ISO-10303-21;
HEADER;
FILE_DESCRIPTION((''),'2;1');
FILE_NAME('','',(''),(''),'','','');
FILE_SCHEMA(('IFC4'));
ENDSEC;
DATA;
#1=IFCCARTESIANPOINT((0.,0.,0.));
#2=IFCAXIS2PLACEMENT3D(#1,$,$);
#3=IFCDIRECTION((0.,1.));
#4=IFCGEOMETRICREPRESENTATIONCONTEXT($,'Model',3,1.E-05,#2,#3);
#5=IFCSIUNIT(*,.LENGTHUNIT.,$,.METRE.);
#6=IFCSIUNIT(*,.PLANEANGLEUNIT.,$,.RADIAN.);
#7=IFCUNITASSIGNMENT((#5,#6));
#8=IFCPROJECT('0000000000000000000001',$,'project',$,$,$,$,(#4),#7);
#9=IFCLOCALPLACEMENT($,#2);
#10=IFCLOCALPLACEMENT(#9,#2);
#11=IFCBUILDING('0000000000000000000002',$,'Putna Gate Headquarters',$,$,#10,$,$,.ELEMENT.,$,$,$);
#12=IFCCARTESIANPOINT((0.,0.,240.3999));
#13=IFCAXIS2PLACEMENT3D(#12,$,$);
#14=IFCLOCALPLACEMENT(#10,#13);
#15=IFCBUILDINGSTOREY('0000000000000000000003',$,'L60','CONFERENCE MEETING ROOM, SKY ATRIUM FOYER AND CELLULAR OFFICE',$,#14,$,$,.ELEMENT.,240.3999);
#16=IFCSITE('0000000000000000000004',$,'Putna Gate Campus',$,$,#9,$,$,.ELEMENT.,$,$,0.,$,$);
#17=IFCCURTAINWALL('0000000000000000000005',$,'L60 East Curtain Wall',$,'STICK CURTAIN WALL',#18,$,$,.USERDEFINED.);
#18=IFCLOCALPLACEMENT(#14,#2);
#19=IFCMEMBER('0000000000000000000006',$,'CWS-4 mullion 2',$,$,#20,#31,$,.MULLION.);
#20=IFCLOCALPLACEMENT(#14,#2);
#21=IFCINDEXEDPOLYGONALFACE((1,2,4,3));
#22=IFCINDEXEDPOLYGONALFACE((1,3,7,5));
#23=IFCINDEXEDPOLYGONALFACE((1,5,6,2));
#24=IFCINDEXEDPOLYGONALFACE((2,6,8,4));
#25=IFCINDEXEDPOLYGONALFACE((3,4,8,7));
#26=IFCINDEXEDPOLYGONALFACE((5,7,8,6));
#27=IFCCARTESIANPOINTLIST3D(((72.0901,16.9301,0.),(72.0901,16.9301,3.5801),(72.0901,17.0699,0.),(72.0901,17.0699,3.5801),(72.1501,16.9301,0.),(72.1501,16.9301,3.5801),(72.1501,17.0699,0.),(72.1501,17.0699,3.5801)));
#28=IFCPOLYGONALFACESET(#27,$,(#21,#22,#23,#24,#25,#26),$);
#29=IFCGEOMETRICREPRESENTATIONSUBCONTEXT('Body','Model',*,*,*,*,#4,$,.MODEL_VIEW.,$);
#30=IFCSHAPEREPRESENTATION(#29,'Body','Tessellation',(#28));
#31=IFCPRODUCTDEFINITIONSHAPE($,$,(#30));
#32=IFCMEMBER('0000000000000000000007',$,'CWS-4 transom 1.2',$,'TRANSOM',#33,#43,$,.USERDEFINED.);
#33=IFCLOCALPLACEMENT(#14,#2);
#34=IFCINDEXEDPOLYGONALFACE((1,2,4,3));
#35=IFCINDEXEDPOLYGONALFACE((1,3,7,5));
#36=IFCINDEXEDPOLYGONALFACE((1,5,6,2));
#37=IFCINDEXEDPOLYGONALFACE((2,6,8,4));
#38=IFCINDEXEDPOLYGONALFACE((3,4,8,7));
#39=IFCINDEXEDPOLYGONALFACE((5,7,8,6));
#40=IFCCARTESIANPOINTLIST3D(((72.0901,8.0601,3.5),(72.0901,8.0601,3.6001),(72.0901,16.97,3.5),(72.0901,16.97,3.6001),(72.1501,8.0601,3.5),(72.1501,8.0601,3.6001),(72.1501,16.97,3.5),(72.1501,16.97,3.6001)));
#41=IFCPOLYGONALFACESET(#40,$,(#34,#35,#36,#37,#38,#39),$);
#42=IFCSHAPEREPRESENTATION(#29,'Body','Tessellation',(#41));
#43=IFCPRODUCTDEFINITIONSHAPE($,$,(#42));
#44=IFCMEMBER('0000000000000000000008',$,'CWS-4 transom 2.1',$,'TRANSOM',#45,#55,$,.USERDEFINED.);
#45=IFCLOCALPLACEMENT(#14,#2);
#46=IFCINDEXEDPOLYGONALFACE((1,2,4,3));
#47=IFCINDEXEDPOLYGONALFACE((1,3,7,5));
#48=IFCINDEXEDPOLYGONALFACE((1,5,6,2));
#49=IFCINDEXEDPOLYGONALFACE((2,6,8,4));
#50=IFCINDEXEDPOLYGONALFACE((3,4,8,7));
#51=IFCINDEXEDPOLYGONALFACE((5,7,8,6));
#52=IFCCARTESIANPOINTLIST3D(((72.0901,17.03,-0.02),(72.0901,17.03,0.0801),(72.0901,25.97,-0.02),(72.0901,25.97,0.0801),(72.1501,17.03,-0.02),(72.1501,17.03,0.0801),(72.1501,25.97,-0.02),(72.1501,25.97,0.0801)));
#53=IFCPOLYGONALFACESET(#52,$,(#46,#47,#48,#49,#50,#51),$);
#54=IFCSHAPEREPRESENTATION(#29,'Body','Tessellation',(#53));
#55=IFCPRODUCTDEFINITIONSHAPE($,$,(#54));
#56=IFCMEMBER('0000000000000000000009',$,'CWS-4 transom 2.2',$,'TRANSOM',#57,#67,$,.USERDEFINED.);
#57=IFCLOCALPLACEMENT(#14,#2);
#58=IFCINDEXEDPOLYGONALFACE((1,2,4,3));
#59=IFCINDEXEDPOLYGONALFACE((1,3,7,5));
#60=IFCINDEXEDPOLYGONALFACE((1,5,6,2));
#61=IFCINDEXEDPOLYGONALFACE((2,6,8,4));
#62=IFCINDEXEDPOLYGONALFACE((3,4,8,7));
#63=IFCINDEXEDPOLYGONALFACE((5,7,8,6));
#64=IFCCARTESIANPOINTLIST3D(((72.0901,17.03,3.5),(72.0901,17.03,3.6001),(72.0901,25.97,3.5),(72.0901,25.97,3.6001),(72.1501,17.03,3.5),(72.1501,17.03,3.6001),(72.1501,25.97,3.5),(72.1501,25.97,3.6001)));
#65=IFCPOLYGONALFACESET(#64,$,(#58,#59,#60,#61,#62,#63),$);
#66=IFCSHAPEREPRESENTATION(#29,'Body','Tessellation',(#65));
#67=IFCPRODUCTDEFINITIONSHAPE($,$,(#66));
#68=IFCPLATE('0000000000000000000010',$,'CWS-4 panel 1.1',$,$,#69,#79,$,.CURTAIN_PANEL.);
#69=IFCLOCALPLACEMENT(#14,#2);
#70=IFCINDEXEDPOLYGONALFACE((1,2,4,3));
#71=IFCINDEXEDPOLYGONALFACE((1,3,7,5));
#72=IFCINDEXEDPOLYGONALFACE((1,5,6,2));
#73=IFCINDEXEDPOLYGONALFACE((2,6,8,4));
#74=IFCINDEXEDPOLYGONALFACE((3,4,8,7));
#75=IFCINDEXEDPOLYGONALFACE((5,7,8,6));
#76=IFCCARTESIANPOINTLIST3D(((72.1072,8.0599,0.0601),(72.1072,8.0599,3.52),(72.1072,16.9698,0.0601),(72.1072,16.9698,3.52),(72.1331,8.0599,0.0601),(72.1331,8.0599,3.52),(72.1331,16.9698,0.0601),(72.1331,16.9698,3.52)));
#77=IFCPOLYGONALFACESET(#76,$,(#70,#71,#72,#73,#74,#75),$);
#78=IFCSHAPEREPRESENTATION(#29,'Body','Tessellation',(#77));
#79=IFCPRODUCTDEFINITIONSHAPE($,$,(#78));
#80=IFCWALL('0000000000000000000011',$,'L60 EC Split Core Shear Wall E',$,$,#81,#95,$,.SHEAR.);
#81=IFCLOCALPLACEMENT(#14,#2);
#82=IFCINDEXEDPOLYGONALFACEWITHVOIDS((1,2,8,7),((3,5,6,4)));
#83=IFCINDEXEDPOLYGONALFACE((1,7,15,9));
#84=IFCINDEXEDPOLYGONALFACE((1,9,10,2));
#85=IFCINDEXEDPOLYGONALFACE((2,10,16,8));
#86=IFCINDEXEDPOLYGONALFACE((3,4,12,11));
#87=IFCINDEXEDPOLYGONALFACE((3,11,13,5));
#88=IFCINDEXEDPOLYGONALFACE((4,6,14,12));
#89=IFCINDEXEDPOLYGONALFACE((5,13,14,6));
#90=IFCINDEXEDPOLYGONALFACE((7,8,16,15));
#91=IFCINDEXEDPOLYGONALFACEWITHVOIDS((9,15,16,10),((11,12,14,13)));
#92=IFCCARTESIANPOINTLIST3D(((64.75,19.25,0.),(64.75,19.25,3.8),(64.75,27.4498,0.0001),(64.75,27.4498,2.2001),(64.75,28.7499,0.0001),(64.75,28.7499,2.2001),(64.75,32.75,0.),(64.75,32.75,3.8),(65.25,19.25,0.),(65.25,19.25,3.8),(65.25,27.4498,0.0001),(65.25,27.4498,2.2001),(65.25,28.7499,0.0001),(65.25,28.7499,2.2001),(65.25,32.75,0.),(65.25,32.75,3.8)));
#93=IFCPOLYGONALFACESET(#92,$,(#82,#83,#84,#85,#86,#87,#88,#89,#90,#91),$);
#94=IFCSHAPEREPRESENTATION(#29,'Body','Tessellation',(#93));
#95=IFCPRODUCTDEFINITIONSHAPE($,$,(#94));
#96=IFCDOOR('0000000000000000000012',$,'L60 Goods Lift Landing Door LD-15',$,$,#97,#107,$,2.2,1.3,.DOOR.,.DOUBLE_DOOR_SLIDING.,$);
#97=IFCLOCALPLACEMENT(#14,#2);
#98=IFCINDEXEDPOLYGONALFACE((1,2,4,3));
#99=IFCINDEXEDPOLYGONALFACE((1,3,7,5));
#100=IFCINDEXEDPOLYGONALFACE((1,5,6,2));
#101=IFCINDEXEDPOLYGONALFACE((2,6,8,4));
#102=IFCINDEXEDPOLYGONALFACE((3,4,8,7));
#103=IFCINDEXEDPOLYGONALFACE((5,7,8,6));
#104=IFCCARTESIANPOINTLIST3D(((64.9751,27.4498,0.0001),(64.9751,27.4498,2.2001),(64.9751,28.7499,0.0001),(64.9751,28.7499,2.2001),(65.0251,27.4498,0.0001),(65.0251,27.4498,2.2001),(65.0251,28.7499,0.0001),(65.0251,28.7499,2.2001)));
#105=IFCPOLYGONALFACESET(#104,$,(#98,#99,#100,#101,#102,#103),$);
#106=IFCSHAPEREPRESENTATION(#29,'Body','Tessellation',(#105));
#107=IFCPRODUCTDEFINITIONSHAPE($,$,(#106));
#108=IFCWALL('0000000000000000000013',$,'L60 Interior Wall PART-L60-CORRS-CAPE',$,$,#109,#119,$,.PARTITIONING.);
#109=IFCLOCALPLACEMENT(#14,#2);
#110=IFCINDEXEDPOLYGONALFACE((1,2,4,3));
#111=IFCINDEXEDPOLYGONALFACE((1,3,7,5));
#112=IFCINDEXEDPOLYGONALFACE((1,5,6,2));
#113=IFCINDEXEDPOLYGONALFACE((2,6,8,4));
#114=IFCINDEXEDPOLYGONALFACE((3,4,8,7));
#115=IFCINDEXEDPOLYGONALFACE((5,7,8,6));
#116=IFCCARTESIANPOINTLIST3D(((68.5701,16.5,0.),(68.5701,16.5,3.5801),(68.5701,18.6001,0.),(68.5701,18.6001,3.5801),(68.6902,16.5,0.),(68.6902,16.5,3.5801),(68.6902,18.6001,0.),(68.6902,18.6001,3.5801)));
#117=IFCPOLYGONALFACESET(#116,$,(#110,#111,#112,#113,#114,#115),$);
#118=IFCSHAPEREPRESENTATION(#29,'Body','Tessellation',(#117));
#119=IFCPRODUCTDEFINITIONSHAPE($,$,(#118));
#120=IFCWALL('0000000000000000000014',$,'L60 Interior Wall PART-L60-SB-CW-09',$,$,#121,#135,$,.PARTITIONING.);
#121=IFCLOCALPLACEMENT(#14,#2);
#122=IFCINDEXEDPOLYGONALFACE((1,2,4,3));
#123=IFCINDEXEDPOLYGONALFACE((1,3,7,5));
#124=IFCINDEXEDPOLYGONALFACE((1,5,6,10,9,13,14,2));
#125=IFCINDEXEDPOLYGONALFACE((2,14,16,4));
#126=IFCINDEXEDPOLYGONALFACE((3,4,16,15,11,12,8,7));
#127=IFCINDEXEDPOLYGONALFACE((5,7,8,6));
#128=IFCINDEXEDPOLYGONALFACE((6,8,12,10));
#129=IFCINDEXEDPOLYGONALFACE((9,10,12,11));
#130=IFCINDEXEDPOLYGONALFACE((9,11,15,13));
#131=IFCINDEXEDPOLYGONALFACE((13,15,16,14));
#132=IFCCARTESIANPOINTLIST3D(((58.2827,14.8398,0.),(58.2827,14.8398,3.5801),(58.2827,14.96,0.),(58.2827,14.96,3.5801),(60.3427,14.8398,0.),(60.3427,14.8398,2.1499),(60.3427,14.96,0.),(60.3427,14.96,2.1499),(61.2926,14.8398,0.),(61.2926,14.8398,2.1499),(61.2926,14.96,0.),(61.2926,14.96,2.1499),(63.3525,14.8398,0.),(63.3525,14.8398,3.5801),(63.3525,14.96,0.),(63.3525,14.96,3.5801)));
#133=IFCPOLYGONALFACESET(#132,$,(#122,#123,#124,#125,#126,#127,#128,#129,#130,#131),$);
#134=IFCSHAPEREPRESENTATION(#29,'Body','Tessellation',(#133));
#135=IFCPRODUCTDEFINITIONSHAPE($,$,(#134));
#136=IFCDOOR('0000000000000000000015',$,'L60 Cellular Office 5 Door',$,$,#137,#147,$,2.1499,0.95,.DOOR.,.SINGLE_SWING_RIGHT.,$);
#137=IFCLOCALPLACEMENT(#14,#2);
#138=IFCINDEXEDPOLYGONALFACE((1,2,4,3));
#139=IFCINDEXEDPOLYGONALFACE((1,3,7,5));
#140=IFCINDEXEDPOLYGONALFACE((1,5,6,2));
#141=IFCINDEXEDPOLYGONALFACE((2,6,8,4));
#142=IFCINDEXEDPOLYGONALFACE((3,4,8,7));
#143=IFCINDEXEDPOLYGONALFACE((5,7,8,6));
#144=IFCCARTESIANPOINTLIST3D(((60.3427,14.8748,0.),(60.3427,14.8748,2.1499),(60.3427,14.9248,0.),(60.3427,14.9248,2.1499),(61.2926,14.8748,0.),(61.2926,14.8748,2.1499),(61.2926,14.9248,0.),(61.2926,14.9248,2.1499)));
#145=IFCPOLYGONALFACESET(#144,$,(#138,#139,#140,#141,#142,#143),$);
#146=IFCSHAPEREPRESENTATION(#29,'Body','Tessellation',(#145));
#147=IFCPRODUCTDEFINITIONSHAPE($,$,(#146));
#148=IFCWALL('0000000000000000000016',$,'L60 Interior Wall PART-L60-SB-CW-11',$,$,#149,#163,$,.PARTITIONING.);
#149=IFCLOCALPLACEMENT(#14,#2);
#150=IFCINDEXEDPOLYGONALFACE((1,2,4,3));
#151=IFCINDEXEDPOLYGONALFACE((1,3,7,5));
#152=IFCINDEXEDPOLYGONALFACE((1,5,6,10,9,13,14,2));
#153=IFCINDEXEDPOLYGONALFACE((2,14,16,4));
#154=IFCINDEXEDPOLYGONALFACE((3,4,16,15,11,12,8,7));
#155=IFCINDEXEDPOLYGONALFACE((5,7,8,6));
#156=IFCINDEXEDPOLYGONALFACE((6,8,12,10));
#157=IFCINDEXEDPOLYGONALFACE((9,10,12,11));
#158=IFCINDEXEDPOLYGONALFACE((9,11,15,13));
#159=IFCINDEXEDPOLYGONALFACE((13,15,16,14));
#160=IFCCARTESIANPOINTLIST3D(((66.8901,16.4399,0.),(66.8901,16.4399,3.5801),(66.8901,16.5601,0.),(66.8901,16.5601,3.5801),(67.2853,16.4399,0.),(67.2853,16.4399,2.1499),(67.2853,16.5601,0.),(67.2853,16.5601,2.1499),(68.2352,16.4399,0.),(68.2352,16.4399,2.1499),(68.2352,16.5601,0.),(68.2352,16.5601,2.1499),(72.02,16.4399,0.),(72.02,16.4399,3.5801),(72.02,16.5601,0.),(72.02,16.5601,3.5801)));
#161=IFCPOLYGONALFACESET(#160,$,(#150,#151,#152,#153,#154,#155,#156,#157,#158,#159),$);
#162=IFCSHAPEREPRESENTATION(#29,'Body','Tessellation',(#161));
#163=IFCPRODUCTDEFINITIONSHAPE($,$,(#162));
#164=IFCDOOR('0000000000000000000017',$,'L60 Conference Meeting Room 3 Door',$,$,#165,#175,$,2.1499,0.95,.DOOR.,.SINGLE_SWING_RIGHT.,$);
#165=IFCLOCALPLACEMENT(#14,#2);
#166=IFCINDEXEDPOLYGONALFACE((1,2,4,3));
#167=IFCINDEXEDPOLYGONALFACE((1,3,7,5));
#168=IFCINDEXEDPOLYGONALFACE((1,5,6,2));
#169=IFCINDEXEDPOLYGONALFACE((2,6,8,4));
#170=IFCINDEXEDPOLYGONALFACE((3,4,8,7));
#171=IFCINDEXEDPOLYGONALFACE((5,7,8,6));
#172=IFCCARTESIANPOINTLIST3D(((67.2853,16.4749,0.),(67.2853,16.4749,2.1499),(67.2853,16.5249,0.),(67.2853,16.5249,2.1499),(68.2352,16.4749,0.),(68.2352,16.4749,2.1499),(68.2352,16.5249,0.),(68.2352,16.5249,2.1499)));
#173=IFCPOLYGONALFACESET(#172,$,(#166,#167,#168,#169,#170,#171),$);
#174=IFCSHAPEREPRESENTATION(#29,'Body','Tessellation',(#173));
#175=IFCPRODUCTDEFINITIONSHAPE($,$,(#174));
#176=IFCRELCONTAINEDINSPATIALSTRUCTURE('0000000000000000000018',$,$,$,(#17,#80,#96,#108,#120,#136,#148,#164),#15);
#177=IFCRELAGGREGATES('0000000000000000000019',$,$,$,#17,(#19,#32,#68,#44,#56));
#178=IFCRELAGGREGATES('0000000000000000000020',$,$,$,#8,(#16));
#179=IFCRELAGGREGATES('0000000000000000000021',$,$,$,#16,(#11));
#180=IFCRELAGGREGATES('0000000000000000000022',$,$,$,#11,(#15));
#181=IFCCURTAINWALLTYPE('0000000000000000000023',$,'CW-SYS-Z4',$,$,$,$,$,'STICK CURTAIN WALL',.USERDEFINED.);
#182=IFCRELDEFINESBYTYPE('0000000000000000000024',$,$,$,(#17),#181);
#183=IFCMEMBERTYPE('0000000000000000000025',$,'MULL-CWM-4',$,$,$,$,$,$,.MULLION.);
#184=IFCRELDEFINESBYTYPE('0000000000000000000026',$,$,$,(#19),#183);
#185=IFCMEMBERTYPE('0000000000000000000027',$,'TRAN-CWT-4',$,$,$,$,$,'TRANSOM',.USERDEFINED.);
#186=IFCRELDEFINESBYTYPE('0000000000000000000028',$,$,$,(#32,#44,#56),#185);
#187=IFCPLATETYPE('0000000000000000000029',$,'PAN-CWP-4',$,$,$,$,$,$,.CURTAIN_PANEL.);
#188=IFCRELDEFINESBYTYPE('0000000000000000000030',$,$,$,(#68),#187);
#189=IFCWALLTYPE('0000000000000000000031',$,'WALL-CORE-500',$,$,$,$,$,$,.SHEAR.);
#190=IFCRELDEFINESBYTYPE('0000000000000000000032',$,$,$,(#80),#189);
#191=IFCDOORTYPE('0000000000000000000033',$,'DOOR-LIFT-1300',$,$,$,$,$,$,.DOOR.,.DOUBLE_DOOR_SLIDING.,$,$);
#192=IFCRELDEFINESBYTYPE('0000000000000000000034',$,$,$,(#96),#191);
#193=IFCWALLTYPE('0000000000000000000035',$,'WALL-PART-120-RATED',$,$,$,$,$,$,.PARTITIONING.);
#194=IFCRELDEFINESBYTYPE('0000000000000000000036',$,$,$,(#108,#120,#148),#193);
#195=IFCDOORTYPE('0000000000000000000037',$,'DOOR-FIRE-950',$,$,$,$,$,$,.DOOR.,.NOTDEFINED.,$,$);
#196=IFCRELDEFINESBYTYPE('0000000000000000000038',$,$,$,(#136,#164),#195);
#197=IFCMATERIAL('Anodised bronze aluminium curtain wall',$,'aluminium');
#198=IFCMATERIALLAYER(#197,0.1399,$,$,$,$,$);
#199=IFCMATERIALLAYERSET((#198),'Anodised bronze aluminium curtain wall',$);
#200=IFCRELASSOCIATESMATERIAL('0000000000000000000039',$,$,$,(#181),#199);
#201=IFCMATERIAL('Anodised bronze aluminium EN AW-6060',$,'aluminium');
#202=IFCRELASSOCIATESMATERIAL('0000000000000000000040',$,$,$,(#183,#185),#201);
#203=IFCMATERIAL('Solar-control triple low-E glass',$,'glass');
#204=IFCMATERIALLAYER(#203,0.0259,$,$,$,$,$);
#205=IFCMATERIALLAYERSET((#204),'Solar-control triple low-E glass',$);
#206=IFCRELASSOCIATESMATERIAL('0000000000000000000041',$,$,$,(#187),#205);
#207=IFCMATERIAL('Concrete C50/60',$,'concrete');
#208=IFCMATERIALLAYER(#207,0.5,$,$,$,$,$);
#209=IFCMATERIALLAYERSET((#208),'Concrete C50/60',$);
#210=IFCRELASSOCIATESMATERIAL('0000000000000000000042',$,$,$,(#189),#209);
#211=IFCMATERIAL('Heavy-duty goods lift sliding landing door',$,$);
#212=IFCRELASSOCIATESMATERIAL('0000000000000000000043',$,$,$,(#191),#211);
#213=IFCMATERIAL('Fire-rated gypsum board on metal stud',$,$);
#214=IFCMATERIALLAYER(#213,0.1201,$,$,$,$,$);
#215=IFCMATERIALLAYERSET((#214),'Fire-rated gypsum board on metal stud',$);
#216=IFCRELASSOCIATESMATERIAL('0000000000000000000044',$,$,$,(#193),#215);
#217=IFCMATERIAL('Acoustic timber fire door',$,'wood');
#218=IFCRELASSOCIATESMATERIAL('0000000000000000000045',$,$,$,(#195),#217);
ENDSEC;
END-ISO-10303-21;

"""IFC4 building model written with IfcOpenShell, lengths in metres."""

from ifc_helpers import new_model, si_unit, direction, frame, frame_2d, origin, origin_2d, place, context, subcontext, project, spatial, rectangle, extrude, material, layer, layer_set, material_profile, profile_set, type_object, element, fill, aggregate, save


model = new_model("IFC4")

# Units and contexts
model_context = context("Model", 3, precision=1e-05, world=origin(), true_north=direction((0.0, 1.0)))
body_context = subcontext(model_context, "Body", "Model", "MODEL_VIEW")
ifc_project = project(units=[si_unit("LENGTHUNIT", "METRE"), si_unit("PLANEANGLEUNIT", "RADIAN")], contexts=[model_context])

# Site, building, storey
site_placement = place(None, origin())
site = spatial("IfcSite", under=ifc_project, at=site_placement, Name="Putna Gate Campus", CompositionType="ELEMENT", RefElevation=0.0)
building_placement = place(site_placement, origin())
building = spatial("IfcBuilding", under=site, at=building_placement, Name="Putna Gate Headquarters", CompositionType="ELEMENT")
storey_placement = place(building_placement, frame((0.0, 0.0, 240.3999)))
storey = spatial("IfcBuildingStorey", under=building, at=storey_placement, Name="L60", Description="CONFERENCE MEETING ROOM, SKY ATRIUM FOYER AND CELLULAR OFFICE", CompositionType="ELEMENT", Elevation=240.3999)

# Curtain wall, members, plate
ifc_material_1 = material(Name="Anodised bronze aluminium curtain wall", Category="aluminium")
ifc_layer_1 = layer(ifc_material_1, 0.1399)
ifc_layer_set_1 = layer_set([ifc_layer_1], Name="Anodised bronze aluminium curtain wall")
curtain_wall_type = type_object("IfcCurtainWallType", Name="CW-SYS-Z4", ElementType="STICK CURTAIN WALL", PredefinedType="USERDEFINED", material=ifc_layer_set_1)
curtain_wall_placement = place(storey_placement, origin())
curtain_wall = element("IfcCurtainWall", 1, at=curtain_wall_placement, inside=storey, type_object=curtain_wall_type, Name="L60 East Curtain Wall", ObjectType="STICK CURTAIN WALL", PredefinedType="USERDEFINED")
ifc_material_2 = material(Name="Anodised bronze aluminium EN AW-6060", Category="aluminium")
ifc_material_profile_1 = material_profile(ifc_material_2, rectangle(XDim=0.0601, YDim=0.1399, at=origin_2d()), Name="Anodised bronze aluminium EN AW-6060")
ifc_profile_set_1 = profile_set([ifc_material_profile_1], Name="Anodised bronze aluminium EN AW-6060")
member_type_1 = type_object("IfcMemberType", Name="MULL-CWM-4", PredefinedType="MULLION", material=ifc_profile_set_1)
member_1_placement = place(storey_placement, frame((72.1201, 17.0, 0.0), z_axis=(0.0, 0.0, 1.0), x_axis=(-1.0, 0.0, 0.0)))
member_1 = element("IfcMember", 2, at=member_1_placement, type_object=member_type_1, Name="CWS-4 mullion 2", PredefinedType="MULLION", context=body_context, shape_type="SweptSolid", body=[
    extrude(rectangle(XDim=0.0601, YDim=0.1399, at=origin_2d()), origin(), (0.0, 0.0, 1.0), 3.5801),
])
ifc_material_profile_2 = material_profile(ifc_material_2, rectangle(XDim=0.0601, YDim=0.1001, at=origin_2d()), Name="Anodised bronze aluminium EN AW-6060")
ifc_profile_set_2 = profile_set([ifc_material_profile_2], Name="Anodised bronze aluminium EN AW-6060")
member_type_2 = type_object("IfcMemberType", Name="TRAN-CWT-4", ElementType="TRANSOM", PredefinedType="USERDEFINED", material=ifc_profile_set_2)
member_2_placement = place(storey_placement, frame((72.1201, 8.0601, 3.55), z_axis=(0.0, 1.0, 0.0), x_axis=(-1.0, 0.0, 0.0)))
member_2 = element("IfcMember", 3, at=member_2_placement, type_object=member_type_2, Name="CWS-4 transom 1.2", ObjectType="TRANSOM", PredefinedType="USERDEFINED", context=body_context, shape_type="SweptSolid", body=[
    extrude(rectangle(XDim=0.0601, YDim=0.1001, at=origin_2d()), origin(), (0.0, 0.0, 1.0), 8.9099),
])
member_3_placement = place(storey_placement, frame((72.1201, 17.03, 0.03), z_axis=(0.0, 1.0, 0.0), x_axis=(-1.0, 0.0, 0.0)))
member_3 = element("IfcMember", 4, at=member_3_placement, type_object=member_type_2, Name="CWS-4 transom 2.1", ObjectType="TRANSOM", PredefinedType="USERDEFINED", context=body_context, shape_type="SweptSolid", body=[
    extrude(rectangle(XDim=0.0601, YDim=0.1001, at=origin_2d()), origin(), (0.0, 0.0, 1.0), 8.9399),
])
member_4_placement = place(storey_placement, frame((72.1201, 17.03, 3.55), z_axis=(0.0, 1.0, 0.0), x_axis=(-1.0, 0.0, 0.0)))
member_4 = element("IfcMember", 5, at=member_4_placement, type_object=member_type_2, Name="CWS-4 transom 2.2", ObjectType="TRANSOM", PredefinedType="USERDEFINED", context=body_context, shape_type="SweptSolid", body=[
    extrude(rectangle(XDim=0.0601, YDim=0.1001, at=origin_2d()), origin(), (0.0, 0.0, 1.0), 8.9399),
])
ifc_material_3 = material(Name="Solar-control triple low-E glass", Category="glass")
ifc_layer_2 = layer(ifc_material_3, 0.0259)
ifc_layer_set_2 = layer_set([ifc_layer_2], Name="Solar-control triple low-E glass")
plate_type = type_object("IfcPlateType", Name="PAN-CWP-4", PredefinedType="CURTAIN_PANEL", material=ifc_layer_set_2)
plate_placement = place(storey_placement, frame((72.1201, 12.5149, 0.0601), z_axis=(0.0, 0.0, 1.0), x_axis=(0.0, 1.0, 0.0)))
plate = element("IfcPlate", 6, at=plate_placement, type_object=plate_type, Name="CWS-4 panel 1.1", PredefinedType="CURTAIN_PANEL", context=body_context, shape_type="SweptSolid", body=[
    extrude(rectangle(XDim=8.9099, YDim=0.0259, at=origin_2d()), origin(), (0.0, 0.0, 1.0), 3.46),
])
aggregate(curtain_wall, [member_1, member_2, plate, member_3, member_4])

# Wall, opening, door
ifc_material_4 = material(Name="Concrete C50/60", Category="concrete")
ifc_layer_3 = layer(ifc_material_4, 0.5)
ifc_layer_set_3 = layer_set([ifc_layer_3], Name="Concrete C50/60")
wall_type_1 = type_object("IfcWallType", Name="WALL-CORE-500", PredefinedType="SHEAR", material=ifc_layer_set_3)
wall_1_placement = place(storey_placement, frame((65.0, 19.25, 0.0), z_axis=(0.0, 0.0, 1.0), x_axis=(0.0, 1.0, 0.0)))
wall_1 = element("IfcWall", 7, at=wall_1_placement, inside=storey, type_object=wall_type_1, Name="L60 EC Split Core Shear Wall E", PredefinedType="SHEAR", context=body_context, shape_type="SweptSolid", body=[
    extrude(rectangle(XDim=13.5, YDim=0.5, at=frame_2d((6.75, 0.0))), origin(), (0.0, 0.0, 1.0), 3.8),
])
opening_1_placement = place(wall_1_placement, frame((8.2, 0.0, 0.0)))
opening_1 = element("IfcOpeningElement", 8, at=opening_1_placement, cuts=wall_1, PredefinedType="OPENING", context=body_context, shape_type="SweptSolid", body=[
    extrude(rectangle(XDim=1.3, YDim=2.2, at=frame_2d((0.6499, 1.1001))), frame((0.0, 0.26, 0.0), z_axis=(0.0, -1.0, 0.0), x_axis=(1.0, 0.0, 0.0)), (0.0, 0.0, 1.0), 0.52),
])
ifc_material_5 = material(Name="Heavy-duty goods lift sliding landing door")
door_type_1 = type_object("IfcDoorType", Name="DOOR-LIFT-1300", OperationType="DOUBLE_DOOR_SLIDING", PredefinedType="DOOR", material=ifc_material_5)
door_1_placement = place(opening_1_placement, origin())
door_1 = element("IfcDoor", 9, at=door_1_placement, inside=storey, type_object=door_type_1, Name="L60 Goods Lift Landing Door LD-15", OperationType="DOUBLE_DOOR_SLIDING", OverallHeight=2.2, OverallWidth=1.3, PredefinedType="DOOR", context=body_context, shape_type="SweptSolid", body=[
    extrude(rectangle(XDim=1.3, YDim=2.2, at=frame_2d((0.6499, 1.1001))), frame((0.0, 0.0249, 0.0), z_axis=(0.0, -1.0, 0.0), x_axis=(1.0, 0.0, 0.0)), (0.0, 0.0, 1.0), 0.05),
])
fill(opening_1, door_1)

# Wall
ifc_material_6 = material(Name="Fire-rated gypsum board on metal stud")
ifc_layer_4 = layer(ifc_material_6, 0.1201)
ifc_layer_set_4 = layer_set([ifc_layer_4], Name="Fire-rated gypsum board on metal stud")
wall_type_2 = type_object("IfcWallType", Name="WALL-PART-120-RATED", PredefinedType="PARTITIONING", material=ifc_layer_set_4)
wall_2_placement = place(storey_placement, frame((68.6301, 16.5, 0.0), z_axis=(0.0, 0.0, 1.0), x_axis=(0.0, 1.0, 0.0)))
element("IfcWall", 10, at=wall_2_placement, inside=storey, type_object=wall_type_2, Name="L60 Interior Wall PART-L60-CORRS-CAPE", PredefinedType="PARTITIONING", context=body_context, shape_type="SweptSolid", body=[
    extrude(rectangle(XDim=2.1001, YDim=0.1201, at=frame_2d((1.05, 0.0))), origin(), (0.0, 0.0, 1.0), 3.5801),
])

# Walls, openings, doors
wall_3_placement = place(storey_placement, frame((58.2827, 14.8999, 0.0), z_axis=(0.0, 0.0, 1.0), x_axis=(1.0, 0.0, 0.0)))
wall_3 = element("IfcWall", 11, at=wall_3_placement, inside=storey, type_object=wall_type_2, Name="L60 Interior Wall PART-L60-SB-CW-09", PredefinedType="PARTITIONING", context=body_context, shape_type="SweptSolid", body=[
    extrude(rectangle(XDim=5.0698, YDim=0.1201, at=frame_2d((2.5349, 0.0))), origin(), (0.0, 0.0, 1.0), 3.5801),
])
opening_2_placement = place(wall_3_placement, frame((2.0598, 0.0, 0.0)))
opening_2 = element("IfcOpeningElement", 12, at=opening_2_placement, cuts=wall_3, PredefinedType="OPENING", context=body_context, shape_type="SweptSolid", body=[
    extrude(rectangle(XDim=0.95, YDim=2.1499, at=frame_2d((0.4751, 1.075))), frame((0.0, 0.0701, 0.0), z_axis=(0.0, -1.0, 0.0), x_axis=(1.0, 0.0, 0.0)), (0.0, 0.0, 1.0), 0.1401),
])
ifc_material_7 = material(Name="Acoustic timber fire door", Category="wood")
door_type_2 = type_object("IfcDoorType", Name="DOOR-FIRE-950", OperationType="NOTDEFINED", PredefinedType="DOOR", material=ifc_material_7)
door_2_placement = place(opening_2_placement, origin())
door_2 = element("IfcDoor", 13, at=door_2_placement, inside=storey, type_object=door_type_2, Name="L60 Cellular Office 5 Door", OperationType="SINGLE_SWING_RIGHT", OverallHeight=2.1499, OverallWidth=0.95, PredefinedType="DOOR", context=body_context, shape_type="SweptSolid", body=[
    extrude(rectangle(XDim=0.95, YDim=2.1499, at=frame_2d((0.4751, 1.075))), frame((0.0, 0.0249, 0.0), z_axis=(0.0, -1.0, 0.0), x_axis=(1.0, 0.0, 0.0)), (0.0, 0.0, 1.0), 0.05),
])
fill(opening_2, door_2)
wall_4_placement = place(storey_placement, frame((66.8901, 16.5, 0.0), z_axis=(0.0, 0.0, 1.0), x_axis=(1.0, 0.0, 0.0)))
wall_4 = element("IfcWall", 14, at=wall_4_placement, inside=storey, type_object=wall_type_2, Name="L60 Interior Wall PART-L60-SB-CW-11", PredefinedType="PARTITIONING", context=body_context, shape_type="SweptSolid", body=[
    extrude(rectangle(XDim=5.1299, YDim=0.1201, at=frame_2d((2.5649, 0.0))), origin(), (0.0, 0.0, 1.0), 3.5801),
])
opening_3_placement = place(wall_4_placement, frame((0.395, 0.0, 0.0)))
opening_3 = element("IfcOpeningElement", 15, at=opening_3_placement, cuts=wall_4, PredefinedType="OPENING", context=body_context, shape_type="SweptSolid", body=[
    extrude(rectangle(XDim=0.95, YDim=2.1499, at=frame_2d((0.4751, 1.075))), frame((0.0, 0.0701, 0.0), z_axis=(0.0, -1.0, 0.0), x_axis=(1.0, 0.0, 0.0)), (0.0, 0.0, 1.0), 0.1401),
])
door_3_placement = place(opening_3_placement, origin())
door_3 = element("IfcDoor", 16, at=door_3_placement, inside=storey, type_object=door_type_2, Name="L60 Conference Meeting Room 3 Door", OperationType="SINGLE_SWING_RIGHT", OverallHeight=2.1499, OverallWidth=0.95, PredefinedType="DOOR", context=body_context, shape_type="SweptSolid", body=[
    extrude(rectangle(XDim=0.95, YDim=2.1499, at=frame_2d((0.4751, 1.075))), frame((0.0, 0.0249, 0.0), z_axis=(0.0, -1.0, 0.0), x_axis=(1.0, 0.0, 0.0)), (0.0, 0.0, 1.0), 0.05),
])
fill(opening_3, door_3)

save(model, "model.ifc")
